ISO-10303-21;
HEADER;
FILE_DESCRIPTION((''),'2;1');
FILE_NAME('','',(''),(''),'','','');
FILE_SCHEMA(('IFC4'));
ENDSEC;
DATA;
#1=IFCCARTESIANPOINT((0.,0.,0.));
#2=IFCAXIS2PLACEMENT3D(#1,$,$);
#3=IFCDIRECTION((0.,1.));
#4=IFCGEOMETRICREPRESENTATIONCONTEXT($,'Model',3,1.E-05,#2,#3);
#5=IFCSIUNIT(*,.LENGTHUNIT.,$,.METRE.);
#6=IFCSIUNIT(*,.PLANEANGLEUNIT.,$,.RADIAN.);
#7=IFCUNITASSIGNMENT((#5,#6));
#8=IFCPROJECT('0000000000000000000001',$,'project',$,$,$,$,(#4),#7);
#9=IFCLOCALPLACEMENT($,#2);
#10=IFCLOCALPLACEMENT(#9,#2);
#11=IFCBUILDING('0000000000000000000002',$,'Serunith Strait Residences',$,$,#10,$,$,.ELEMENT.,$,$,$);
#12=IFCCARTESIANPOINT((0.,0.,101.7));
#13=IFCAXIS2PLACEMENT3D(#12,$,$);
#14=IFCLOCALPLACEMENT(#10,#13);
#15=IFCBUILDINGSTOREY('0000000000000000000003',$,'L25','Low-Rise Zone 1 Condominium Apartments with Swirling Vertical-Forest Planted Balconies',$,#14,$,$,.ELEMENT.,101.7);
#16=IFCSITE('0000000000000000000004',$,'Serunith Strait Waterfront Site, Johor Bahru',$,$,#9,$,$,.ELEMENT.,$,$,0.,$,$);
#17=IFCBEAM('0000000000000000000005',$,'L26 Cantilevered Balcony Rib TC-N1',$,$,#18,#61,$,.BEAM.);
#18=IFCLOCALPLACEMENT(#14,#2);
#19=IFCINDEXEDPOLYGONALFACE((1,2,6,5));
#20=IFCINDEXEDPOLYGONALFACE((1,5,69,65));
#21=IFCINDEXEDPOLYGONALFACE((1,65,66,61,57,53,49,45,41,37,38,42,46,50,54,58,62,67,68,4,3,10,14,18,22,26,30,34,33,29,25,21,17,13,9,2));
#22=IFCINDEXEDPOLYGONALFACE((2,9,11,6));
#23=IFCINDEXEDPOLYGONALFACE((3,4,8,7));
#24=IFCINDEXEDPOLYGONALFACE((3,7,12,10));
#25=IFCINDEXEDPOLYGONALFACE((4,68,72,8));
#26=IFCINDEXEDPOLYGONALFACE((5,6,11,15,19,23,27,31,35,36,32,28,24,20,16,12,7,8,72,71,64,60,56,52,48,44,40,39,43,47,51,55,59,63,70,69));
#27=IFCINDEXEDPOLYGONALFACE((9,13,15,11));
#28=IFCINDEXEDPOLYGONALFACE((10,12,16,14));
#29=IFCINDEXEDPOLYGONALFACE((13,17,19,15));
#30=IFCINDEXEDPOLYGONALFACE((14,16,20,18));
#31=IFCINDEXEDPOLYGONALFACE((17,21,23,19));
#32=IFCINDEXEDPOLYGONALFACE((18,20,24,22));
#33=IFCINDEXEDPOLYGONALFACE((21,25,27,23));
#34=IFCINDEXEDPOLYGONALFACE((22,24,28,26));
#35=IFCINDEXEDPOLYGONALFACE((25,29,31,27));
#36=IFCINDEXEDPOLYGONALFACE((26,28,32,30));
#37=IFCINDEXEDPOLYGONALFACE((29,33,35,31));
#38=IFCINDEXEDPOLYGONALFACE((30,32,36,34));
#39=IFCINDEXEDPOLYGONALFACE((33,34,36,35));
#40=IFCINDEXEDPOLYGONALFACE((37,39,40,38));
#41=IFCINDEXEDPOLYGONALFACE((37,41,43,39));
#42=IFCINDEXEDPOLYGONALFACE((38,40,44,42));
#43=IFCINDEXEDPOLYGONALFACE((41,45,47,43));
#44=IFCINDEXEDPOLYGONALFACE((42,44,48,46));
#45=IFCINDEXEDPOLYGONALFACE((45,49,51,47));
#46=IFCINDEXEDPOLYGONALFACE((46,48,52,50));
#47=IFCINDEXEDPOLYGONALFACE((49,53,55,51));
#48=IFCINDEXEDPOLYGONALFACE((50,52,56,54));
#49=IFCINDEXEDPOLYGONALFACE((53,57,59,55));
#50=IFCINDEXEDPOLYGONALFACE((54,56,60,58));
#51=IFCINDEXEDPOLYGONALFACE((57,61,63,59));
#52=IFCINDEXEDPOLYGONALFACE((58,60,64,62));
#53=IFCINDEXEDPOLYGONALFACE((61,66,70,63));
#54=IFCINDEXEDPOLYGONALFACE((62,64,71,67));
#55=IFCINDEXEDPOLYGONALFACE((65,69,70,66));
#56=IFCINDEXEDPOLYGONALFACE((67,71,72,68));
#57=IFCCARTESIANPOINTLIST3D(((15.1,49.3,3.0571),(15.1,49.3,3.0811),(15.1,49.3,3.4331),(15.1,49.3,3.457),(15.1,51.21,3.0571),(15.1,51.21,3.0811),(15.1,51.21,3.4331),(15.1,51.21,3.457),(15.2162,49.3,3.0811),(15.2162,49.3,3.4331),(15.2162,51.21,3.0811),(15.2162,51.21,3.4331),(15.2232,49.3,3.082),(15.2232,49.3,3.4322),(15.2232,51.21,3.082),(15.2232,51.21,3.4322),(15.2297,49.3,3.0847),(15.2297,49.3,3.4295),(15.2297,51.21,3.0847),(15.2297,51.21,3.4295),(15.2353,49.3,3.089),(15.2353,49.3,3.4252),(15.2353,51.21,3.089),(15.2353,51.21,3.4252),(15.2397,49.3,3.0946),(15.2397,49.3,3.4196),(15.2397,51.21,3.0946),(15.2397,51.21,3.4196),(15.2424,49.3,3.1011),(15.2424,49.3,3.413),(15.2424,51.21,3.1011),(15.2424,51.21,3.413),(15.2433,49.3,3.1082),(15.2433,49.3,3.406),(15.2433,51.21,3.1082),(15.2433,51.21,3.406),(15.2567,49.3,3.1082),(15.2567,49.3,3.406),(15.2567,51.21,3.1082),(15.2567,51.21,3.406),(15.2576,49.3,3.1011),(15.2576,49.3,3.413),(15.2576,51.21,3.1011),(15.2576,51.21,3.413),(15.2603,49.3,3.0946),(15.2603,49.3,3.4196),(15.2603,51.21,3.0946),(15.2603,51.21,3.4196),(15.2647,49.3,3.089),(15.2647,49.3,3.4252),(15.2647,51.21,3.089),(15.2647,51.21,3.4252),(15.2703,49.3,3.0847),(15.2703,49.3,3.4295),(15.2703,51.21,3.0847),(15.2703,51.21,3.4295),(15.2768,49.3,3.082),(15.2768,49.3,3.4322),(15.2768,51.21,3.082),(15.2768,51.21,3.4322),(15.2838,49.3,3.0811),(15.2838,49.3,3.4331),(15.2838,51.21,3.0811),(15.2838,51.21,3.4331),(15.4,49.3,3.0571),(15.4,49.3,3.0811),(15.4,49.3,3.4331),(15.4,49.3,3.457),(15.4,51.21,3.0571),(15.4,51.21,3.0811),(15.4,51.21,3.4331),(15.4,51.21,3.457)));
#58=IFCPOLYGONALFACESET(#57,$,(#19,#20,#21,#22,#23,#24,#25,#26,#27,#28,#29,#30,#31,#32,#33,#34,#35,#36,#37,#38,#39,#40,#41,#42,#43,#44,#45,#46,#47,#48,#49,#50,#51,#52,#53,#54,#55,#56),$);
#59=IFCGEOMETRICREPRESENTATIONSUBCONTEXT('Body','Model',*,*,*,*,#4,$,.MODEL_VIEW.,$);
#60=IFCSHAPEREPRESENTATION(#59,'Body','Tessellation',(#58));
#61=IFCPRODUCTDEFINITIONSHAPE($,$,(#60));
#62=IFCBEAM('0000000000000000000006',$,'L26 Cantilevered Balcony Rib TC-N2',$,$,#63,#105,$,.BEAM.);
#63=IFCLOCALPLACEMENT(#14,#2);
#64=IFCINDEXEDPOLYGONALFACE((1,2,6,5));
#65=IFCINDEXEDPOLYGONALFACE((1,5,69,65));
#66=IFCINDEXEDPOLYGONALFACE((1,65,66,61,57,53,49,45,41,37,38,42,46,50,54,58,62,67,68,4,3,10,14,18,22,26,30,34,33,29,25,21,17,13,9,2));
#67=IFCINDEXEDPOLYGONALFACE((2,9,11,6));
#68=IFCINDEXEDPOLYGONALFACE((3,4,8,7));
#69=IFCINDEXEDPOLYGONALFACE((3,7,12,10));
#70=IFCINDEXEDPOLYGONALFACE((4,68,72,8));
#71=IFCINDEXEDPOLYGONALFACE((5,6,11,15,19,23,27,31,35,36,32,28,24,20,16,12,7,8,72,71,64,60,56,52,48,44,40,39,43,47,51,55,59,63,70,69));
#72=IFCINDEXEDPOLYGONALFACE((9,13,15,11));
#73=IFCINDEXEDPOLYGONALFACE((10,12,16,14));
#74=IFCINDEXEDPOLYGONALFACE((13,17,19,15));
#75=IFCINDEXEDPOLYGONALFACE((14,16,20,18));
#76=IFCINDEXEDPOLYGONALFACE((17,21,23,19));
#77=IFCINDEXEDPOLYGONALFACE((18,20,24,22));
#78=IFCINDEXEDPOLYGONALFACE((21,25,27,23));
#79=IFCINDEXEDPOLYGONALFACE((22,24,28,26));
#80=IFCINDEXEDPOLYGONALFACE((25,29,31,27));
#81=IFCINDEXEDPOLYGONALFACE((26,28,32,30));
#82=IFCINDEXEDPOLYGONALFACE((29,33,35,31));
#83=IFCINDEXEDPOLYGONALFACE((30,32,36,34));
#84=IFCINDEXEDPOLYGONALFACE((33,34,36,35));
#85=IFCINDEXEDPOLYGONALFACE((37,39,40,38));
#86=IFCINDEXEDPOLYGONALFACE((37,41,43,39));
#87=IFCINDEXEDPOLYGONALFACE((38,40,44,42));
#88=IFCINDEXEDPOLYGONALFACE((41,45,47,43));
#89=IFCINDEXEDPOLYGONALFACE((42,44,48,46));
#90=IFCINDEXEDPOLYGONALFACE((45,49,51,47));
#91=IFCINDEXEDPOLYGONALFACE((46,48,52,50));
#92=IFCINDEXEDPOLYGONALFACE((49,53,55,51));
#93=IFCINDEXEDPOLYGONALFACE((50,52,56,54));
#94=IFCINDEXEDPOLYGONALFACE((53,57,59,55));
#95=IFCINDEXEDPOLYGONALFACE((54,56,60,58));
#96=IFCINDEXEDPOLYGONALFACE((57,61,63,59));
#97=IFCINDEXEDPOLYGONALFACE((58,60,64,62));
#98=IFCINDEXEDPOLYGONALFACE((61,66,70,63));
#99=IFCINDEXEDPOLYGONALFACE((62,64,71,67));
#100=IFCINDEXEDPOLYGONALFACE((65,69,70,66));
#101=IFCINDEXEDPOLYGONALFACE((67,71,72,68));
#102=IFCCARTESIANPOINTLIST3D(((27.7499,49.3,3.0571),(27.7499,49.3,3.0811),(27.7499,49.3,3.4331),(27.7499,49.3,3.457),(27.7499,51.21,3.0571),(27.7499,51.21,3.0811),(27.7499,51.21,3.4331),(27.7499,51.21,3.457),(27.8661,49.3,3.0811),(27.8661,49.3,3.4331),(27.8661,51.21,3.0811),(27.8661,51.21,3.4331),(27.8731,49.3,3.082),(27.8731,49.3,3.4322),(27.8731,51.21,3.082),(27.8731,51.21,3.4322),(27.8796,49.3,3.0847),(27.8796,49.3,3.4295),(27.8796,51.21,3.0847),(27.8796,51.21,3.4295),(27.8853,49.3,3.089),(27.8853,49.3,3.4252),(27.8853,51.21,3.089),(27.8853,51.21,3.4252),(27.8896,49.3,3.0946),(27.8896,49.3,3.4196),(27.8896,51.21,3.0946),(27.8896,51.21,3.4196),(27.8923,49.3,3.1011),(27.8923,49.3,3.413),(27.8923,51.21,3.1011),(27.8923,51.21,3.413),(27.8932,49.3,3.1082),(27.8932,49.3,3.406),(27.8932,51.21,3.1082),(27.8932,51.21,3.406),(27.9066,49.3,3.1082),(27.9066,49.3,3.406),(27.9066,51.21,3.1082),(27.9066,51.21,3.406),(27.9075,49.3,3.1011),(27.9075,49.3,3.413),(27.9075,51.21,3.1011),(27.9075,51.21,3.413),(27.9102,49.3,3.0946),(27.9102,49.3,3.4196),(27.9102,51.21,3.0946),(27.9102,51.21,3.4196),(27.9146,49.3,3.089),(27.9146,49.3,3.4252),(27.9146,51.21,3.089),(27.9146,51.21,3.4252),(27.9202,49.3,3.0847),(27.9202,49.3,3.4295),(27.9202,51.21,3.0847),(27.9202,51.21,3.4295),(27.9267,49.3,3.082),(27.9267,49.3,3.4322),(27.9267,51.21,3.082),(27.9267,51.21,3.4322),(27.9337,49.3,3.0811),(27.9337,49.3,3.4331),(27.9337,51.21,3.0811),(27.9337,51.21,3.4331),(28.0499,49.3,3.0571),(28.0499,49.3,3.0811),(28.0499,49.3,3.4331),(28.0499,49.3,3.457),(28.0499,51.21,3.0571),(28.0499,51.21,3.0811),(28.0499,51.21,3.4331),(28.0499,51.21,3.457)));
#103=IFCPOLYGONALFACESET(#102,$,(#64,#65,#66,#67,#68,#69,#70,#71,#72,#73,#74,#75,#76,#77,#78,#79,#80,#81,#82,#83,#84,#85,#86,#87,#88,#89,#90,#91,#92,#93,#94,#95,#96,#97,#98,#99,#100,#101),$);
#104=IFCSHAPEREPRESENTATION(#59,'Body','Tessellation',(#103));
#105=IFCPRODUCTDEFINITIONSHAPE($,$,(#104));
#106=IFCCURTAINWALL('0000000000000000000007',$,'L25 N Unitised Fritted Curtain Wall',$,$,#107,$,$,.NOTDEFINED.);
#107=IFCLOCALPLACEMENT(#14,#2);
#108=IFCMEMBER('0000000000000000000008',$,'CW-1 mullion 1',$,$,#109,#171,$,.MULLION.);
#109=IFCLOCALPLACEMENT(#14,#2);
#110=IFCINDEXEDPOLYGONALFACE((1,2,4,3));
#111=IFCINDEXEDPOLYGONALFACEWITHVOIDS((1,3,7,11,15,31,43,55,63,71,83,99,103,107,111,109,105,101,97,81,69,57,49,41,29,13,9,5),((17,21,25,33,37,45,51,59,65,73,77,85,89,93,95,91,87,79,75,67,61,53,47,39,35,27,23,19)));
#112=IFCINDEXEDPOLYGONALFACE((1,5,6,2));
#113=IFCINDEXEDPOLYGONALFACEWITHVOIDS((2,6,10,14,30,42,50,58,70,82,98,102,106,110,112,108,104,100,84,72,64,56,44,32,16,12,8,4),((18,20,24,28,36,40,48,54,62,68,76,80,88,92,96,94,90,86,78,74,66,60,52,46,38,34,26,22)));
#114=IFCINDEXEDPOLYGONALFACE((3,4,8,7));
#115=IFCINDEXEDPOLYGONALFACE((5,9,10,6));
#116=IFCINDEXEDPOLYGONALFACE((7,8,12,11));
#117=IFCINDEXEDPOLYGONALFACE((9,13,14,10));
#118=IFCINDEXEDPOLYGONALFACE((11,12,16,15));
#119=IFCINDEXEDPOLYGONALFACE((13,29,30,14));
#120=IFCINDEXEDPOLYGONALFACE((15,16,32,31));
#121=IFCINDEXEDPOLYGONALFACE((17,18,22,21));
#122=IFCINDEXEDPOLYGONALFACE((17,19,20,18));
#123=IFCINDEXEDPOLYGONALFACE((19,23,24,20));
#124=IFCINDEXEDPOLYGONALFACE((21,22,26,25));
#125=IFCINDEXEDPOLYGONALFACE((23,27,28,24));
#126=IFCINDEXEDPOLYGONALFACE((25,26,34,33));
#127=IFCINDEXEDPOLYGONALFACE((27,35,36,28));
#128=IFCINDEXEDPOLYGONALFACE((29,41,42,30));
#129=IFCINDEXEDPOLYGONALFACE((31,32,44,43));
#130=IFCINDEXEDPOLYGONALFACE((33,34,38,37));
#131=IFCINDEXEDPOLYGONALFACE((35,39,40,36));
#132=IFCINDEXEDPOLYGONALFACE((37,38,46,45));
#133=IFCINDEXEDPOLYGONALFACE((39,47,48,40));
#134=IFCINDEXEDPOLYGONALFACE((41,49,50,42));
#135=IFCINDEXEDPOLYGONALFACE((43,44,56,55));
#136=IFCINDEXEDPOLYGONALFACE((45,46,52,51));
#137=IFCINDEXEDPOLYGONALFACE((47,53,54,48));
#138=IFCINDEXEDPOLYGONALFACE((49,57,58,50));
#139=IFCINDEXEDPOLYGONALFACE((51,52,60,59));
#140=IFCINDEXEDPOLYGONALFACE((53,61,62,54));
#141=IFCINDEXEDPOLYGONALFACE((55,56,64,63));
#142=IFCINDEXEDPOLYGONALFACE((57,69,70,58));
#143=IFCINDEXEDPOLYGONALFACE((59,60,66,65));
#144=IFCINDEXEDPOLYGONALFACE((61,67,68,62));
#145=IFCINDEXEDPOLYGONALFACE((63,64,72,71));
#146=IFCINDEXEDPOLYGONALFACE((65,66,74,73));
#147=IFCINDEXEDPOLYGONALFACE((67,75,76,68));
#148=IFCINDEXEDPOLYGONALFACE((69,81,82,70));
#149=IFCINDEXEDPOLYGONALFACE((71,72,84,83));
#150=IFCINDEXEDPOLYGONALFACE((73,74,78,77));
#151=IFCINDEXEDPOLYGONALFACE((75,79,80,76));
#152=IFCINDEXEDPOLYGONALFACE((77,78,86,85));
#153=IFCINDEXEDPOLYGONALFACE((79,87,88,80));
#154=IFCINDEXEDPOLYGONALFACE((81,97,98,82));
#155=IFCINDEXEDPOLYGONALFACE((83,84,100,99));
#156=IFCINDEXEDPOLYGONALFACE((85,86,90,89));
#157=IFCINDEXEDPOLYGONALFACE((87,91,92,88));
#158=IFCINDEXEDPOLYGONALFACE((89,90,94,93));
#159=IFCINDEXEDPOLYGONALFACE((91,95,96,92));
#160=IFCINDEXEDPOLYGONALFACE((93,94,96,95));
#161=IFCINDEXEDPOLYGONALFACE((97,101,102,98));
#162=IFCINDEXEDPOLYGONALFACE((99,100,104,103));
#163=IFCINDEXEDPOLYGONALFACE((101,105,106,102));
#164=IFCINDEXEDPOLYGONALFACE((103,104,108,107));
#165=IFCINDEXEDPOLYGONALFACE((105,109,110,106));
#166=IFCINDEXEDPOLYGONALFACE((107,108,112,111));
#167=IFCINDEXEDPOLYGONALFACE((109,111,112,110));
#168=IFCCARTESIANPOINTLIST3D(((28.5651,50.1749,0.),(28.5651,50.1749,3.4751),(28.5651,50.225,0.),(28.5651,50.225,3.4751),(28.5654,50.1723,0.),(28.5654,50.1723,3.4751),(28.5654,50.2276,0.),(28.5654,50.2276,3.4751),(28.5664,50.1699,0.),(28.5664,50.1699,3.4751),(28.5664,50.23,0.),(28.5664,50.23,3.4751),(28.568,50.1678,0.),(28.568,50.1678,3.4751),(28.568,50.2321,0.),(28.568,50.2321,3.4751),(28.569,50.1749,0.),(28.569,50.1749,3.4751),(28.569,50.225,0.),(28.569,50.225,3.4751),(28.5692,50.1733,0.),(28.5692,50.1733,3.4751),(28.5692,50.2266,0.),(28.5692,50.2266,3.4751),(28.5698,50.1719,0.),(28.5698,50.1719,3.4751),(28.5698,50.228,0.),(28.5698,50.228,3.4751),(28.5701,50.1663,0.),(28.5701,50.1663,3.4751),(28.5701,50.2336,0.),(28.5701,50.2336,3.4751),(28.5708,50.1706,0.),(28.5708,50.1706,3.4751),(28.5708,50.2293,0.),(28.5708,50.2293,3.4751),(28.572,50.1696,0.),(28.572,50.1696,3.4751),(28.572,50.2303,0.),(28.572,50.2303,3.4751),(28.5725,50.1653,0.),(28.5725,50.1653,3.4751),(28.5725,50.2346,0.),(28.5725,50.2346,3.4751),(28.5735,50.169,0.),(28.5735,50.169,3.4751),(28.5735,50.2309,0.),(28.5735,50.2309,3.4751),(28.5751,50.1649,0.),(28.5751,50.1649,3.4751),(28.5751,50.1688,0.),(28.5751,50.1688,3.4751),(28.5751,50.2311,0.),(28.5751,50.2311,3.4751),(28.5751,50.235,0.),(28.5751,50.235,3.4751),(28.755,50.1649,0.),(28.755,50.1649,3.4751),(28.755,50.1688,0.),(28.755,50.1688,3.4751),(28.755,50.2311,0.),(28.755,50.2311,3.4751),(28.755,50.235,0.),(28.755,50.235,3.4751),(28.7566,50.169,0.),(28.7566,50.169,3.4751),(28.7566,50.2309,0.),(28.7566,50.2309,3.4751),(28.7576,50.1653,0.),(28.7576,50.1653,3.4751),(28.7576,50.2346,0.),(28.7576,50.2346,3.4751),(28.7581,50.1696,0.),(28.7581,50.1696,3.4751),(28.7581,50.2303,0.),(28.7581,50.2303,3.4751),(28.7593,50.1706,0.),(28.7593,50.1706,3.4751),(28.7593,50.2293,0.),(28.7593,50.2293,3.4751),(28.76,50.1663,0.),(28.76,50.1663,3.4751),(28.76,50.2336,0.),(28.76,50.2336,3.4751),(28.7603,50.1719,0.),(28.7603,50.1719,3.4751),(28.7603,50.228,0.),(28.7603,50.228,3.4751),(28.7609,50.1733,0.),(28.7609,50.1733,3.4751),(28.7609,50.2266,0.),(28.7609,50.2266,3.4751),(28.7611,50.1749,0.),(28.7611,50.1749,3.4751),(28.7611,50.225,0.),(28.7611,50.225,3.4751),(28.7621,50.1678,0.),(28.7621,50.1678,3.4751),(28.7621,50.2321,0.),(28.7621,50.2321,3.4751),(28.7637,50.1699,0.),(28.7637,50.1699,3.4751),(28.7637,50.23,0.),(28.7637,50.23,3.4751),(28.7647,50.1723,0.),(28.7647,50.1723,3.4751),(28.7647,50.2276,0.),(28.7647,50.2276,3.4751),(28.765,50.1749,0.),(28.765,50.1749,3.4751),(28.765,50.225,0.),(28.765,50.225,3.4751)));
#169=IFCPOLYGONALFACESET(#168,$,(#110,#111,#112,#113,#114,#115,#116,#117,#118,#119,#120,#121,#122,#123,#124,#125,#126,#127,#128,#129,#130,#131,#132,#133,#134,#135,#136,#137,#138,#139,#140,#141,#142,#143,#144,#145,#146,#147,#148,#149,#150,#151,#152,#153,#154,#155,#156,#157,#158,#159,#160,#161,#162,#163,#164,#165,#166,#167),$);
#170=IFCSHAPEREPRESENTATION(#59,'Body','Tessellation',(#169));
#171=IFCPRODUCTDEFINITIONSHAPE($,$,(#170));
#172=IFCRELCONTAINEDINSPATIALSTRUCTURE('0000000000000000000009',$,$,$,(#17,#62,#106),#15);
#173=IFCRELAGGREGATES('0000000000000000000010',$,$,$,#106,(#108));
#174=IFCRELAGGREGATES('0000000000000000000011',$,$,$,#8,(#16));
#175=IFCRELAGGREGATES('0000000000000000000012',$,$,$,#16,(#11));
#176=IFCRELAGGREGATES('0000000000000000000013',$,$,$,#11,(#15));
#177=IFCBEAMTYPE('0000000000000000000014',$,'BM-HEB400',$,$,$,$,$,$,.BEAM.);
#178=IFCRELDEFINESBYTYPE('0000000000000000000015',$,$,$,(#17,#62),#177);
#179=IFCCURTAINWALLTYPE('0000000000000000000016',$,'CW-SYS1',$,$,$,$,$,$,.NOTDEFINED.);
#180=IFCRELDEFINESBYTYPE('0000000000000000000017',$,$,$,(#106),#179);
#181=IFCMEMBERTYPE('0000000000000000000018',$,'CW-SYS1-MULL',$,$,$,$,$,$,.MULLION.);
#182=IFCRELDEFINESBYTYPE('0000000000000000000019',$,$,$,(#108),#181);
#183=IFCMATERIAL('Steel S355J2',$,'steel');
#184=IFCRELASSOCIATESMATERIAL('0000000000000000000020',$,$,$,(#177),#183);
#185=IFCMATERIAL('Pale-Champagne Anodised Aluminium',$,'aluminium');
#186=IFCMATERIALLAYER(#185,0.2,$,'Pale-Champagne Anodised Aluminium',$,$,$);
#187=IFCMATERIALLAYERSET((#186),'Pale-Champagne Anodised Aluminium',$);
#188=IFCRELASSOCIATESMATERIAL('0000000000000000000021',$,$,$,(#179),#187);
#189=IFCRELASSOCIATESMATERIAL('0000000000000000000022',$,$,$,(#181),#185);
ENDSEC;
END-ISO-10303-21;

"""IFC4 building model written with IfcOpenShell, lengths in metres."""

from ifc_helpers import new_model, si_unit, direction, frame, origin, origin_2d, place, context, subcontext, project, spatial, hollow_rectangle, i_section, extrude, source, transform, mapped, material, layer, layer_set, material_profile, profile_set, type_object, element, aggregate, save


model = new_model("IFC4")

# Units and contexts
model_context = context("Model", 3, precision=1e-05, world=origin(), true_north=direction((0.0, 1.0)))
body_context = subcontext(model_context, "Body", "Model", "MODEL_VIEW")
ifc_project = project(units=[si_unit("LENGTHUNIT", "METRE"), si_unit("PLANEANGLEUNIT", "RADIAN")], contexts=[model_context])

# Site, building, storey
site_placement = place(None, origin())
site = spatial("IfcSite", under=ifc_project, at=site_placement, Name="Serunith Strait Waterfront Site, Johor Bahru", CompositionType="ELEMENT", RefElevation=0.0)
building_placement = place(site_placement, origin())
building = spatial("IfcBuilding", under=site, at=building_placement, Name="Serunith Strait Residences", CompositionType="ELEMENT")
storey_placement = place(building_placement, frame((0.0, 0.0, 101.7)))
storey = spatial("IfcBuildingStorey", under=building, at=storey_placement, Name="L25", Description="Low-Rise Zone 1 Condominium Apartments with Swirling Vertical-Forest Planted Balconies", CompositionType="ELEMENT", Elevation=101.7)

# Beams
ifc_material_1 = material(Name="Steel S355J2", Category="steel")
ifc_material_profile_1 = material_profile(ifc_material_1, i_section(OverallWidth=0.3, OverallDepth=0.3999, WebThickness=0.0134, FlangeThickness=0.0239, FilletRadius=0.0271, at=origin_2d()), Name="HEB 400")
ifc_profile_set_1 = profile_set([ifc_material_profile_1], Name="Steel S355J2")
beam_type_1 = type_object("IfcBeamType", Name="BM-HEB400", PredefinedType="BEAM", material=ifc_profile_set_1)
shared_shape_1 = source(origin(), body_context, "Body", "SweptSolid", [
    extrude(i_section(OverallWidth=0.3, OverallDepth=0.3999, WebThickness=0.0134, FlangeThickness=0.0239, FilletRadius=0.0271, at=origin_2d()), origin(), (0.0, 0.0, 1.0), 1.9099),
])
for number, where, z_axis, x_axis, name in (
    (1, (15.25, 49.3, 3.2571), (0.0, 1.0, 0.0), (-1.0, 0.0, 0.0), "L26 Cantilevered Balcony Rib TC-N1"),
    (2, (27.8999, 49.3, 3.2571), (0.0, 1.0, 0.0), (-1.0, 0.0, 0.0), "L26 Cantilevered Balcony Rib TC-N2"),
):
    element("IfcBeam", number, at=place(storey_placement, frame(where, z_axis=z_axis, x_axis=x_axis)), inside=storey, type_object=beam_type_1, Name=name, PredefinedType="BEAM", context=body_context, shape_type="MappedRepresentation", body=[
        mapped(shared_shape_1, transform((0.0, 0.0, 0.0), scale=1.0)),
    ])

# Curtain wall, member
ifc_material_2 = material(Name="Pale-Champagne Anodised Aluminium", Category="aluminium")
ifc_layer_1 = layer(ifc_material_2, 0.2, Name="Pale-Champagne Anodised Aluminium")
ifc_layer_set_1 = layer_set([ifc_layer_1], Name="Pale-Champagne Anodised Aluminium")
curtain_wall_type = type_object("IfcCurtainWallType", Name="CW-SYS1", PredefinedType="NOTDEFINED", material=ifc_layer_set_1)
curtain_wall_placement = place(storey_placement, origin())
curtain_wall = element("IfcCurtainWall", 3, at=curtain_wall_placement, inside=storey, type_object=curtain_wall_type, Name="L25 N Unitised Fritted Curtain Wall", PredefinedType="NOTDEFINED")
ifc_material_profile_2 = material_profile(ifc_material_2, hollow_rectangle(XDim=0.0701, YDim=0.2, WallThickness=0.0039, InnerFilletRadius=0.0061, OuterFilletRadius=0.01, at=origin_2d()), Name="ALU 200x70x4")
ifc_profile_set_2 = profile_set([ifc_material_profile_2], Name="Pale-Champagne Anodised Aluminium")
member_type_1 = type_object("IfcMemberType", Name="CW-SYS1-MULL", PredefinedType="MULLION", material=ifc_profile_set_2)
shared_shape_2 = source(origin(), body_context, "Body", "SweptSolid", [
    extrude(hollow_rectangle(XDim=0.0701, YDim=0.2, WallThickness=0.0039, InnerFilletRadius=0.0061, OuterFilletRadius=0.01, at=origin_2d()), origin(), (0.0, 0.0, 1.0), 3.4751),
])
member_1_placement = place(storey_placement, frame((28.665, 50.2, 0.0), z_axis=(0.0, 0.0, 1.0), x_axis=(0.0, -1.0, 0.0)))
member_1 = element("IfcMember", 4, at=member_1_placement, type_object=member_type_1, Name="CW-1 mullion 1", PredefinedType="MULLION", context=body_context, shape_type="MappedRepresentation", body=[
    mapped(shared_shape_2, transform((0.0, 0.0, 0.0), scale=1.0)),
])
aggregate(curtain_wall, [member_1])

save(model, "model.ifc")
